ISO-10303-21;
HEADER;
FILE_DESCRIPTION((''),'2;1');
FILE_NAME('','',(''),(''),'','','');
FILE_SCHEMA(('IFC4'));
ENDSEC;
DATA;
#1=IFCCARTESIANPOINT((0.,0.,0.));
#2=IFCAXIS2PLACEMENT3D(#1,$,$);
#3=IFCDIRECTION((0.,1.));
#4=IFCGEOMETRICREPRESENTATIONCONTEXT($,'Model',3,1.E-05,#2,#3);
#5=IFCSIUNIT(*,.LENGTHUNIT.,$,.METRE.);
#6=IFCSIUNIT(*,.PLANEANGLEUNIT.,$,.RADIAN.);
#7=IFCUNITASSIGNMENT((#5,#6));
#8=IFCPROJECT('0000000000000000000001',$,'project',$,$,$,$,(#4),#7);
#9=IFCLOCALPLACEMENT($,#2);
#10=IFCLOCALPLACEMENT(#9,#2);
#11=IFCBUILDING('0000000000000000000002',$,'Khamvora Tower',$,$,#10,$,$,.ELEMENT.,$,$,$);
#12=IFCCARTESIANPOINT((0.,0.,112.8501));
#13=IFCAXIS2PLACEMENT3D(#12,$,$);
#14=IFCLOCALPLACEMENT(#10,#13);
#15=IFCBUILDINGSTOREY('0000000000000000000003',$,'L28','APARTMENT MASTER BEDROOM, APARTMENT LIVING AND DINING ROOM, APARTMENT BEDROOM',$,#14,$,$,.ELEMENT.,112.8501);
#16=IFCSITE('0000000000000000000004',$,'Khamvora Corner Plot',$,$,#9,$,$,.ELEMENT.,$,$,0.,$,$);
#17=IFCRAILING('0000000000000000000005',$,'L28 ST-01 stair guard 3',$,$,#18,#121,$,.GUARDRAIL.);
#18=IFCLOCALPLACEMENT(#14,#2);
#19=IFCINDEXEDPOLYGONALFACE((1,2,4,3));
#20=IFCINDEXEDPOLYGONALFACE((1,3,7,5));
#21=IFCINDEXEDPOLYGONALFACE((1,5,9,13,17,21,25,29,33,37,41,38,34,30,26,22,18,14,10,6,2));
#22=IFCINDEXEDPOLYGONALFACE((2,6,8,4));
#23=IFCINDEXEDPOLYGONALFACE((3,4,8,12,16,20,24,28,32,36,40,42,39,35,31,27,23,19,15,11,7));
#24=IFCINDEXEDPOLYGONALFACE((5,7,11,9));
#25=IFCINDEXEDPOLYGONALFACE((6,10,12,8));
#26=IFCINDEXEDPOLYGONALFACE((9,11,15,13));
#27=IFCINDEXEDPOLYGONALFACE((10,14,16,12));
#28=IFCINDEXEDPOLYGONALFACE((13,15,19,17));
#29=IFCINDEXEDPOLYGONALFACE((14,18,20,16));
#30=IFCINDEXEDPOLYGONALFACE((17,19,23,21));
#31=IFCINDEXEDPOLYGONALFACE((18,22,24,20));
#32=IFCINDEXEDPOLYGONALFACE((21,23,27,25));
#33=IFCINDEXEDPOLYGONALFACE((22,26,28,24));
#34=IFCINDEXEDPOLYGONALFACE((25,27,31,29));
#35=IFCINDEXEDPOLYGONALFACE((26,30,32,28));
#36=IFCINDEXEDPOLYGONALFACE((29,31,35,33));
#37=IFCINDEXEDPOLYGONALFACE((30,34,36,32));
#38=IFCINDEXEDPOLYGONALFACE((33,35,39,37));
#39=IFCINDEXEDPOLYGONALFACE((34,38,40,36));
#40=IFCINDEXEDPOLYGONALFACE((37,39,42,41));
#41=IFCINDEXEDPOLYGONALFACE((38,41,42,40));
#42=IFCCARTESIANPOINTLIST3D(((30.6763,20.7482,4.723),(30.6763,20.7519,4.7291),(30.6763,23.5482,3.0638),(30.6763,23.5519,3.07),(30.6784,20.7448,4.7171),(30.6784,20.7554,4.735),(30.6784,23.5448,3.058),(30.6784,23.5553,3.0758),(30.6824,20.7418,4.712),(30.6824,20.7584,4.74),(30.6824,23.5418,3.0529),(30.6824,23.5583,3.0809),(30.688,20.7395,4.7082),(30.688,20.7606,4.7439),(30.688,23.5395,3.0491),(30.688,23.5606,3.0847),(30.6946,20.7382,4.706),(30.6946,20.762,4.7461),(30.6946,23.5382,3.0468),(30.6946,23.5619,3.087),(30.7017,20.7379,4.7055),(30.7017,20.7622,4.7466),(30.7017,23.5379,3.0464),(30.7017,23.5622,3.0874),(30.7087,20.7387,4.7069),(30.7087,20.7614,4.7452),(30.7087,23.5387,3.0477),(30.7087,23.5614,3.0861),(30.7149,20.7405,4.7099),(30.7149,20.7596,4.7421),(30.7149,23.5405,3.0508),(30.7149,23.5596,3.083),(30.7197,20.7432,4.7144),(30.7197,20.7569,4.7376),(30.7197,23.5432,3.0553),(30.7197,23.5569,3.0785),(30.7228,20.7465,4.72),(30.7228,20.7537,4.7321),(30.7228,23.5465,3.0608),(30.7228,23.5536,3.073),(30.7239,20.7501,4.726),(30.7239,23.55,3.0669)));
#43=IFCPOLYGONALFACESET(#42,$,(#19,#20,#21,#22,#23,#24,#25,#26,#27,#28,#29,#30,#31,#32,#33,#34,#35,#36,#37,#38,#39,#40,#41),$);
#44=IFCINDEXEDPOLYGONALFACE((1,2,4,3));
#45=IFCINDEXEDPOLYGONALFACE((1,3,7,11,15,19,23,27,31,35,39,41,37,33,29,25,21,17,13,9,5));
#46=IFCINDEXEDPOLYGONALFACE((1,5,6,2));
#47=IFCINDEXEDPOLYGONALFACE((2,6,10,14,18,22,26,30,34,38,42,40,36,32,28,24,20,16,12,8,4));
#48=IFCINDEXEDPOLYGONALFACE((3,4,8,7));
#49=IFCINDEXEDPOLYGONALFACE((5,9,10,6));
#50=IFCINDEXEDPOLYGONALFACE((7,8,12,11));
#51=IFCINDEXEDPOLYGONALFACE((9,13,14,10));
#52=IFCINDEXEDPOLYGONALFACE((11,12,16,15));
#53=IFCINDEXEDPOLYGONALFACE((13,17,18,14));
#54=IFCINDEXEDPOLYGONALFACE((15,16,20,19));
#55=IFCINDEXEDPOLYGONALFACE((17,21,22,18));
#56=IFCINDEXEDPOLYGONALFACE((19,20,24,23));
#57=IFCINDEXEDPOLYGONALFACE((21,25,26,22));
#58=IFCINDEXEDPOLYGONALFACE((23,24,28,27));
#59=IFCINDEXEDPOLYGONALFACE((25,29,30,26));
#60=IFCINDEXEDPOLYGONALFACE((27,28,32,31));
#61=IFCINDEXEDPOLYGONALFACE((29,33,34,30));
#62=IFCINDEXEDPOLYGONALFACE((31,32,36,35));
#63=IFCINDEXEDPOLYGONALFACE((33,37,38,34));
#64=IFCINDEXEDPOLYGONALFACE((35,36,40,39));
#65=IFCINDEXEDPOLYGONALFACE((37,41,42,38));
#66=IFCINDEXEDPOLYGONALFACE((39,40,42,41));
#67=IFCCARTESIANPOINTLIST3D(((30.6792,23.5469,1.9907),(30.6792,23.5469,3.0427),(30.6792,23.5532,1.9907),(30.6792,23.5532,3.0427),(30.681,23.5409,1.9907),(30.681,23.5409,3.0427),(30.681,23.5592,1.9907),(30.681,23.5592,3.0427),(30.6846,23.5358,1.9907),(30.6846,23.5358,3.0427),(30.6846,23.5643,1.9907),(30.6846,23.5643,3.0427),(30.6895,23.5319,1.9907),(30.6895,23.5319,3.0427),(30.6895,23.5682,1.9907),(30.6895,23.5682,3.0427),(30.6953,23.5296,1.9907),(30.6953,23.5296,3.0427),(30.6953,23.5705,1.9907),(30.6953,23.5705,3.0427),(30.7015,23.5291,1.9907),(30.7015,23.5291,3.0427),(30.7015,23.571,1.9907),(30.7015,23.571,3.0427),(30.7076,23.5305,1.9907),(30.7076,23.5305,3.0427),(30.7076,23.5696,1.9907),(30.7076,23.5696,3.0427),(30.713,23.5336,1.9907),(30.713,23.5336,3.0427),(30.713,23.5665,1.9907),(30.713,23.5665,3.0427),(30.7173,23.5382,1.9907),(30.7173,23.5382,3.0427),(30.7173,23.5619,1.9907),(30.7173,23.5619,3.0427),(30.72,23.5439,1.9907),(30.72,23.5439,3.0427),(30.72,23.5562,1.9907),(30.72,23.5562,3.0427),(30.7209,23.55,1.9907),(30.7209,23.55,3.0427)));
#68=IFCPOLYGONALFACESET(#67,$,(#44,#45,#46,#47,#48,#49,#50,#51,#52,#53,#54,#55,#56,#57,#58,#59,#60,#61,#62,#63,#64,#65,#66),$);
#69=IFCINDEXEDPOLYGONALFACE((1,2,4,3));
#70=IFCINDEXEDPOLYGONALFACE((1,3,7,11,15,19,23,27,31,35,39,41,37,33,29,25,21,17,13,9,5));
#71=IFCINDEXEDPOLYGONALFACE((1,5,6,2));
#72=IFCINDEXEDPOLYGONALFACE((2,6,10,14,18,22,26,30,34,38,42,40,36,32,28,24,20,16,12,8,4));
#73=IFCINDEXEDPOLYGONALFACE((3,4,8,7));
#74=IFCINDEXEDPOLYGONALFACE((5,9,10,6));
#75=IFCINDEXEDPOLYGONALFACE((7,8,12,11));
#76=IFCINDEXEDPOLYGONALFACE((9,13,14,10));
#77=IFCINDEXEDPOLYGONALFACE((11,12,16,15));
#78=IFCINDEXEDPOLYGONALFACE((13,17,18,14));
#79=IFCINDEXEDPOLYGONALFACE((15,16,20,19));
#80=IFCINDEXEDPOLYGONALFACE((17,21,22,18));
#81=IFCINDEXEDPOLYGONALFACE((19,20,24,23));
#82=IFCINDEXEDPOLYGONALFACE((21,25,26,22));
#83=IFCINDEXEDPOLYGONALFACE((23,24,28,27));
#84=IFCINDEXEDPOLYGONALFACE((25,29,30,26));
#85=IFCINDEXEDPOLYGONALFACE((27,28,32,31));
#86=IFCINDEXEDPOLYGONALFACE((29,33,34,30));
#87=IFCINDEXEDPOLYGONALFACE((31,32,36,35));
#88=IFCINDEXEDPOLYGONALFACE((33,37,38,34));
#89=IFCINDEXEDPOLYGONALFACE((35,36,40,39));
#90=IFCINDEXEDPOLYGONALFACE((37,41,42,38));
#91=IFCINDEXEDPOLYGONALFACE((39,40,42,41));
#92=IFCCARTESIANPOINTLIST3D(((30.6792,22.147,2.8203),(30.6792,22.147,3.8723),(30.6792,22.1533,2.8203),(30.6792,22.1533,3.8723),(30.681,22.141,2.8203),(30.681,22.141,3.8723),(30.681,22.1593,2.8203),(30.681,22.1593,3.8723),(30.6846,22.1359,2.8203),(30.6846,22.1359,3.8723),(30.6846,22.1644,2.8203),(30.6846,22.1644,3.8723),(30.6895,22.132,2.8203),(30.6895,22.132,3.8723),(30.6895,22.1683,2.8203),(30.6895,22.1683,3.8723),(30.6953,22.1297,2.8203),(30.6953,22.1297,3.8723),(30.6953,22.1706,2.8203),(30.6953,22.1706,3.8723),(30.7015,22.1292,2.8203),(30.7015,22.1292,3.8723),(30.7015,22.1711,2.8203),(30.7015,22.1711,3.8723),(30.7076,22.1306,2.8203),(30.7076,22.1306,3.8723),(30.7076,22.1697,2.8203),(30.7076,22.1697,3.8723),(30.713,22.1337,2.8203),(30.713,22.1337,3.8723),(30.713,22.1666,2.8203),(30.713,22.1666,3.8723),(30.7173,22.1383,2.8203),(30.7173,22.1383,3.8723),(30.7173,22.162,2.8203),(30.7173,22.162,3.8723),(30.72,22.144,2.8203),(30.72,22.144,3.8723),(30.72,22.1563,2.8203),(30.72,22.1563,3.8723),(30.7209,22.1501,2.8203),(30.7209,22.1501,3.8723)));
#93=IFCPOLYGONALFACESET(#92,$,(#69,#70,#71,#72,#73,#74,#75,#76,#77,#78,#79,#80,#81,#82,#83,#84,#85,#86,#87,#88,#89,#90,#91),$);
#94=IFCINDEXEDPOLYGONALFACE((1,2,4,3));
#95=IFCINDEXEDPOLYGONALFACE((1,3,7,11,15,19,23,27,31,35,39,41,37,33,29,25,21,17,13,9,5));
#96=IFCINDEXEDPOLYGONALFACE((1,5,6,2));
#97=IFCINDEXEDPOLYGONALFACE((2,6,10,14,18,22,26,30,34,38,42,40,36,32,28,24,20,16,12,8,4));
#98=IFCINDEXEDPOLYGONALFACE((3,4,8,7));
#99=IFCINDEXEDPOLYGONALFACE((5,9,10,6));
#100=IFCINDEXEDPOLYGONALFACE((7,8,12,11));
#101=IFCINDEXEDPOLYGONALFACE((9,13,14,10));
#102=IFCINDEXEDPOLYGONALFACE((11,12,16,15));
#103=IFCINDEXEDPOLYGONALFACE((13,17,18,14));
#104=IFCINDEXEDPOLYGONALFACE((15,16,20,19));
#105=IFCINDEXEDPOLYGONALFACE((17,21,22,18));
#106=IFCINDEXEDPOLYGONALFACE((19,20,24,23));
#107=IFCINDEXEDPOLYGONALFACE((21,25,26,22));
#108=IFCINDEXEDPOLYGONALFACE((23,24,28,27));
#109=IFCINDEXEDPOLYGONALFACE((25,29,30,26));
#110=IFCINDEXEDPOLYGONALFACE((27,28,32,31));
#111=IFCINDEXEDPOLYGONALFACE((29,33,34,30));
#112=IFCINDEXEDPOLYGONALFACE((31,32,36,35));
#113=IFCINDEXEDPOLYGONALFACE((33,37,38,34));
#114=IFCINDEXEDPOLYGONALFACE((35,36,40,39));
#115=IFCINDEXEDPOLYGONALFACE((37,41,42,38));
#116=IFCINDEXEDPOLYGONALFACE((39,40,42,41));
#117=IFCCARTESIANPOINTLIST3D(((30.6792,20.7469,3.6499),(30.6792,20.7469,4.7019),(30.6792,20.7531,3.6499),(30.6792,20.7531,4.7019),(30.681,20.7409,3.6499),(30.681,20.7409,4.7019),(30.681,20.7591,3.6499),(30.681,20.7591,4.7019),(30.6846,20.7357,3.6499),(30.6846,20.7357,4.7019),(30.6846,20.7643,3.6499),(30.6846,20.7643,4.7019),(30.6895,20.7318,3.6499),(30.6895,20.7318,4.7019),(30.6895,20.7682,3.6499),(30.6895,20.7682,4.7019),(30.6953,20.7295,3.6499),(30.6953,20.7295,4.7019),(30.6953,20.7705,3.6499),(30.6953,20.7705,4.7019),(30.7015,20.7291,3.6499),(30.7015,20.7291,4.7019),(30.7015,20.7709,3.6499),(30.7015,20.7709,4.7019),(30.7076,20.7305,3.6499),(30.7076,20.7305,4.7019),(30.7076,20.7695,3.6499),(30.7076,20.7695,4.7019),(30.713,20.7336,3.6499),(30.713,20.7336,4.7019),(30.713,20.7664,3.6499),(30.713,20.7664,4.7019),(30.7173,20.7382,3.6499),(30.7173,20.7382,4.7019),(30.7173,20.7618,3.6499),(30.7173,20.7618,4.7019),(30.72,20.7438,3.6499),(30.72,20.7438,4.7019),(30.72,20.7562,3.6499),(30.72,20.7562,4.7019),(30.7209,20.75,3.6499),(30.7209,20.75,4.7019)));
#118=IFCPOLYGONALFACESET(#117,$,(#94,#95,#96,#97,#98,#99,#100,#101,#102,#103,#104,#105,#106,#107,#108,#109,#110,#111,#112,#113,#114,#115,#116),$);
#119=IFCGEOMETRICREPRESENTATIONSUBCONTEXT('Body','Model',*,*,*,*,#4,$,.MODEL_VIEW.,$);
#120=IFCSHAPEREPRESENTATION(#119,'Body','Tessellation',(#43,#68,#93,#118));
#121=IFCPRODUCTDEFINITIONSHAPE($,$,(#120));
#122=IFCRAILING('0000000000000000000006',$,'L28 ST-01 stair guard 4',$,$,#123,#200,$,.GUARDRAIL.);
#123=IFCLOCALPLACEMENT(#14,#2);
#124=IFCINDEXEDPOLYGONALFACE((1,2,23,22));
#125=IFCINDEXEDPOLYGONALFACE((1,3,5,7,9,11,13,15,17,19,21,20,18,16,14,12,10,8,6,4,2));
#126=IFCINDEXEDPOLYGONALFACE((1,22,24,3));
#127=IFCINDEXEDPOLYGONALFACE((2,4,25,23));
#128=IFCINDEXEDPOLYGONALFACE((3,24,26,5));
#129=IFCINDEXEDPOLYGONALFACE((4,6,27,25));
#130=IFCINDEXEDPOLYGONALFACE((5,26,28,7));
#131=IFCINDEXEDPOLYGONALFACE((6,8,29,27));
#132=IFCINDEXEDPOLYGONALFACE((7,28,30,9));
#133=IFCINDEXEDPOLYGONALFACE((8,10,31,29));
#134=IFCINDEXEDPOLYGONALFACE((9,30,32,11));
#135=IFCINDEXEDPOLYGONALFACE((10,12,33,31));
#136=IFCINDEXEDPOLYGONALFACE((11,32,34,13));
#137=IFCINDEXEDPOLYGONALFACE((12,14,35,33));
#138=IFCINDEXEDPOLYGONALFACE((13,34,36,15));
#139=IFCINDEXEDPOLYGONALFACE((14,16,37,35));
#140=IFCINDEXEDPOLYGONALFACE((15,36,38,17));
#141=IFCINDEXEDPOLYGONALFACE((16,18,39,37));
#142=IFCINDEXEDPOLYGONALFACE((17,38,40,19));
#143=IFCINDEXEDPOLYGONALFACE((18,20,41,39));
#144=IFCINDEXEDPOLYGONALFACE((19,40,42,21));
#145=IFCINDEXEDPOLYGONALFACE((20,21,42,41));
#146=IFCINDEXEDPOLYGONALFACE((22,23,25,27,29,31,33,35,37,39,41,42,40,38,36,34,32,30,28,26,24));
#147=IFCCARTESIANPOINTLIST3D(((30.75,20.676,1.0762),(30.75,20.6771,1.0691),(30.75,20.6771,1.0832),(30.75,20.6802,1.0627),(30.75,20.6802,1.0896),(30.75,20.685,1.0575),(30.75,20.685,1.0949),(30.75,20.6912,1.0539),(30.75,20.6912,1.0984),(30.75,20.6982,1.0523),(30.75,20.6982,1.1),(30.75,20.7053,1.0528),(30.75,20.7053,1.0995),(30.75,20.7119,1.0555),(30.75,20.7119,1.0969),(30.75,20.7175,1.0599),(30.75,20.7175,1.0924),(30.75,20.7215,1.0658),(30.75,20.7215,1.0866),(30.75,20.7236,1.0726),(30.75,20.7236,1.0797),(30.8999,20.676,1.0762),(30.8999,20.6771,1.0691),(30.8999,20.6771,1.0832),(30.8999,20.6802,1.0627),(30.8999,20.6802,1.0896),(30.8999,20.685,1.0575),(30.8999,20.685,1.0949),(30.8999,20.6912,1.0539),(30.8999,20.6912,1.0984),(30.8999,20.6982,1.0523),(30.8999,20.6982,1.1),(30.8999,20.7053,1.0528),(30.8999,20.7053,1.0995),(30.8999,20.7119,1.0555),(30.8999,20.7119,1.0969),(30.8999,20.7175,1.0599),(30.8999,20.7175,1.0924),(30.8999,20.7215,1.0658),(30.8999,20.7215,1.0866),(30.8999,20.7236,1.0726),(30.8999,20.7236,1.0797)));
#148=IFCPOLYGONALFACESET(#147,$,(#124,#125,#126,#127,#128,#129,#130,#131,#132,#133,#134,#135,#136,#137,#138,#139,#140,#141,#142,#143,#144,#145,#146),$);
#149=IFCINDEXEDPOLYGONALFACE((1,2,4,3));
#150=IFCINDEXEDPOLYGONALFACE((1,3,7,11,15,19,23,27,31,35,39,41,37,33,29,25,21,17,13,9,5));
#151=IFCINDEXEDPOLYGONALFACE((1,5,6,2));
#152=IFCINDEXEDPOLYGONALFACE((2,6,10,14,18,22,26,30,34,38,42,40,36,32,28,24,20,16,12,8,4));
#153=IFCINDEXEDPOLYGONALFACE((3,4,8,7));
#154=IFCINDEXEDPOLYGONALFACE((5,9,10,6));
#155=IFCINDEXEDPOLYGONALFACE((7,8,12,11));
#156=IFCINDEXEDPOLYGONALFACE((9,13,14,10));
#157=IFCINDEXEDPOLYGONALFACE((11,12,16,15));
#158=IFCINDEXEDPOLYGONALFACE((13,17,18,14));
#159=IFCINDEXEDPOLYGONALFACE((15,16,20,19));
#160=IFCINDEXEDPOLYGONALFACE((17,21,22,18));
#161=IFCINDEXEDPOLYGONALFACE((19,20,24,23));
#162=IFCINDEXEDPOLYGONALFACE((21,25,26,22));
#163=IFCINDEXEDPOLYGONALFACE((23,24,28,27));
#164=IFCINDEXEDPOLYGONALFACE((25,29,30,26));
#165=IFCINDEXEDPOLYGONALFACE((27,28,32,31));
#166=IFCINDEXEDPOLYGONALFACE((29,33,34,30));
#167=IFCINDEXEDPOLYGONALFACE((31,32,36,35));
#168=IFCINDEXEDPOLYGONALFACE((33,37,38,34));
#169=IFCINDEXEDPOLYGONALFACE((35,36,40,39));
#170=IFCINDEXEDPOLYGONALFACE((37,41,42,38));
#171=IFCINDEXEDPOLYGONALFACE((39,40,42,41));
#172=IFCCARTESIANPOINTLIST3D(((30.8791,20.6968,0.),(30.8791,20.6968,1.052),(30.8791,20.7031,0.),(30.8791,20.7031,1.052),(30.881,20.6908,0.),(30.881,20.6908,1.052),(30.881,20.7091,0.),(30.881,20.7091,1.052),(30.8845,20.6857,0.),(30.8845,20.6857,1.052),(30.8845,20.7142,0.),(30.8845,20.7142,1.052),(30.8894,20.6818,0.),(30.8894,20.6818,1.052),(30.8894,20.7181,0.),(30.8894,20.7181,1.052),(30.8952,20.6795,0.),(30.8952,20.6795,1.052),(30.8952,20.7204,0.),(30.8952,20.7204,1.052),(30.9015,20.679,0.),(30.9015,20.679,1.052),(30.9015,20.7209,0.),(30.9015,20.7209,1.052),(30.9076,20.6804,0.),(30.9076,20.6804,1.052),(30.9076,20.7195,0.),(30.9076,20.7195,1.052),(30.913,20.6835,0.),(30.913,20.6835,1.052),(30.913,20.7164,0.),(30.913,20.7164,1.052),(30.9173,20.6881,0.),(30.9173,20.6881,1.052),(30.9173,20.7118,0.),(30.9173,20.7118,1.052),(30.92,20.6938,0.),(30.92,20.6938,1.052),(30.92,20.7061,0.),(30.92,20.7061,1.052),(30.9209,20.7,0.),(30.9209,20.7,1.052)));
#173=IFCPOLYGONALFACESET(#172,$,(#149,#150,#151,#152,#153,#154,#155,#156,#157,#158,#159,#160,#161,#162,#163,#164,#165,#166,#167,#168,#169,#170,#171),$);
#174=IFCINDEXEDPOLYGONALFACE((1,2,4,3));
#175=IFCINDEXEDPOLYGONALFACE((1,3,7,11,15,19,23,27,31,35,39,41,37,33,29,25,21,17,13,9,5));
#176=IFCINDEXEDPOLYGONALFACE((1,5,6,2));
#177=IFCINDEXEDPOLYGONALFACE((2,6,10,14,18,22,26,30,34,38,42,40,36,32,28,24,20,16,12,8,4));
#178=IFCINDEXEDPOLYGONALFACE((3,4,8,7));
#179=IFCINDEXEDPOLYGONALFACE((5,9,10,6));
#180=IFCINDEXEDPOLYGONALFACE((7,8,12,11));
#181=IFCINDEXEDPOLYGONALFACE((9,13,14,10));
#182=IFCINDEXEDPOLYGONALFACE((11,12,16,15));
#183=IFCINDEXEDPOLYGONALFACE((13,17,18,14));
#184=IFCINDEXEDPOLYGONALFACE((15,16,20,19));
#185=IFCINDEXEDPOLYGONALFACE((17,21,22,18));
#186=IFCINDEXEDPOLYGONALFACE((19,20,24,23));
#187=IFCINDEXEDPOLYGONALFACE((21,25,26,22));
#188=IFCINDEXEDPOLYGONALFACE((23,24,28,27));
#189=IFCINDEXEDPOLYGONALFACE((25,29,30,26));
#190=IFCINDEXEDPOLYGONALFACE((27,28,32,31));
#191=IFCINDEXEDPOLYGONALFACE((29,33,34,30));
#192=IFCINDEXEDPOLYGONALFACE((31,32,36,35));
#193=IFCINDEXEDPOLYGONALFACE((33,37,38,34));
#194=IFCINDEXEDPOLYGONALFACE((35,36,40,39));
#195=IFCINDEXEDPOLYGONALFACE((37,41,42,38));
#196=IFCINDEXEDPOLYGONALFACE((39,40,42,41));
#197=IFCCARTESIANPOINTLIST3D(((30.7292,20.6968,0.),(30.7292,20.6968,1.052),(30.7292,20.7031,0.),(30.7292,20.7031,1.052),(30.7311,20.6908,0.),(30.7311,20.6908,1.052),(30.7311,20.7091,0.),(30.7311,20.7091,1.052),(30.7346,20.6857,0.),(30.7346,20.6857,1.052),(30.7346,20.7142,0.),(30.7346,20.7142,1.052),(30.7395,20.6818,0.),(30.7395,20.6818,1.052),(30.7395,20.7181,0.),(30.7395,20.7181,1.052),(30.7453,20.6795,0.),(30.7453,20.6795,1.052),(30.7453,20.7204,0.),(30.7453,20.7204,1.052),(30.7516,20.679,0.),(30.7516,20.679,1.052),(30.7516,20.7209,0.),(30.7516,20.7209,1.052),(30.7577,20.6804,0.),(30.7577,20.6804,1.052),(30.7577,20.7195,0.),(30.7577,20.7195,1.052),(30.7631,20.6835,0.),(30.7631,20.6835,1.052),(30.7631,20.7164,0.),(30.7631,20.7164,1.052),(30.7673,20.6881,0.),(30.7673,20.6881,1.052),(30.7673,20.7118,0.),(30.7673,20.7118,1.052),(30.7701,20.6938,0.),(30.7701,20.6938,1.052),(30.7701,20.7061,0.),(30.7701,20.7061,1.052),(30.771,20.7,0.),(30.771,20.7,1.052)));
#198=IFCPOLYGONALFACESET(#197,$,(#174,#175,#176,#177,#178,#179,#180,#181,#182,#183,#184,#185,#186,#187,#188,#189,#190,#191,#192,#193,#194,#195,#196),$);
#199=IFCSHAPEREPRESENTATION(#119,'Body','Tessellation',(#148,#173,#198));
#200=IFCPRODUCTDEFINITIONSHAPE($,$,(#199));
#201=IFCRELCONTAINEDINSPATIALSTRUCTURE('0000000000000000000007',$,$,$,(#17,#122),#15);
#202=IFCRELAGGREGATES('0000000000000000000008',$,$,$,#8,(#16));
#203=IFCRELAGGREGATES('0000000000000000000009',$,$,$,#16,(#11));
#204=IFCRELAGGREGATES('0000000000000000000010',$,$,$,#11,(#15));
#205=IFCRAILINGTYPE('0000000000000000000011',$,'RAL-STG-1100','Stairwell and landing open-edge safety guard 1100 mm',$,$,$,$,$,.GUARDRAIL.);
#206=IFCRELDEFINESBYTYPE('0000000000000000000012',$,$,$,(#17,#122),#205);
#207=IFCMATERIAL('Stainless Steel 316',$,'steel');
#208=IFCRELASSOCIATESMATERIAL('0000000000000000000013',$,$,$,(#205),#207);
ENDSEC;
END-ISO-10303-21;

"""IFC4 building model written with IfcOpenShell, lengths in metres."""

from ifc_helpers import new_model, si_unit, direction, frame, origin, origin_2d, place, context, subcontext, project, spatial, circle, extrude, material, type_object, element, save


model = new_model("IFC4")

# Units and contexts
model_context = context("Model", 3, precision=1e-05, world=origin(), true_north=direction((0.0, 1.0)))
body_context = subcontext(model_context, "Body", "Model", "MODEL_VIEW")
ifc_project = project(units=[si_unit("LENGTHUNIT", "METRE"), si_unit("PLANEANGLEUNIT", "RADIAN")], contexts=[model_context])

# Site, building, storey
site_placement = place(None, origin())
site = spatial("IfcSite", under=ifc_project, at=site_placement, Name="Khamvora Corner Plot", CompositionType="ELEMENT", RefElevation=0.0)
building_placement = place(site_placement, origin())
building = spatial("IfcBuilding", under=site, at=building_placement, Name="Khamvora Tower", CompositionType="ELEMENT")
storey_placement = place(building_placement, frame((0.0, 0.0, 112.8501)))
storey = spatial("IfcBuildingStorey", under=building, at=storey_placement, Name="L28", Description="APARTMENT MASTER BEDROOM, APARTMENT LIVING AND DINING ROOM, APARTMENT BEDROOM", CompositionType="ELEMENT", Elevation=112.8501)

# Railings
ifc_material_1 = material(Name="Stainless Steel 316", Category="steel")
railing_type_1 = type_object("IfcRailingType", Name="RAL-STG-1100", Description="Stairwell and landing open-edge safety guard 1100 mm", PredefinedType="GUARDRAIL", material=ifc_material_1)
railing_1_placement = place(storey_placement, frame((30.7, 23.55, 1.9907)))
element("IfcRailing", 1, at=railing_1_placement, inside=storey, type_object=railing_type_1, Name="L28 ST-01 stair guard 3", PredefinedType="GUARDRAIL", context=body_context, shape_type="SweptSolid", body=[
    extrude(circle(Radius=0.0239, at=origin_2d()), frame((0.0, 0.0, 1.0762), z_axis=(0.0, -0.860306, 0.509778), x_axis=(1.0, 0.0, 0.0)), (0.0, 0.0, 1.0), 3.2546),
    extrude(circle(Radius=0.021, at=origin_2d()), origin(), (0.0, 0.0, 1.0), 1.052),
    extrude(circle(Radius=0.021, at=origin_2d()), frame((0.0, -1.3999, 0.8296)), (0.0, 0.0, 1.0), 1.052),
    extrude(circle(Radius=0.021, at=origin_2d()), frame((0.0, -2.8, 1.6592)), (0.0, 0.0, 1.0), 1.052),
])
railing_2_placement = place(storey_placement, frame((30.8999, 20.7, 0.0)))
element("IfcRailing", 2, at=railing_2_placement, inside=storey, type_object=railing_type_1, Name="L28 ST-01 stair guard 4", PredefinedType="GUARDRAIL", context=body_context, shape_type="SweptSolid", body=[
    extrude(circle(Radius=0.0239, at=origin_2d()), frame((0.0, 0.0, 1.0762), z_axis=(-1.0, 0.0, 0.0), x_axis=(0.0, -1.0, 0.0)), (0.0, 0.0, 1.0), 0.1499),
    extrude(circle(Radius=0.021, at=origin_2d()), origin(), (0.0, 0.0, 1.0), 1.052),
    extrude(circle(Radius=0.021, at=origin_2d()), frame((-0.1499, 0.0, 0.0)), (0.0, 0.0, 1.0), 1.052),
])

save(model, "model.ifc")
